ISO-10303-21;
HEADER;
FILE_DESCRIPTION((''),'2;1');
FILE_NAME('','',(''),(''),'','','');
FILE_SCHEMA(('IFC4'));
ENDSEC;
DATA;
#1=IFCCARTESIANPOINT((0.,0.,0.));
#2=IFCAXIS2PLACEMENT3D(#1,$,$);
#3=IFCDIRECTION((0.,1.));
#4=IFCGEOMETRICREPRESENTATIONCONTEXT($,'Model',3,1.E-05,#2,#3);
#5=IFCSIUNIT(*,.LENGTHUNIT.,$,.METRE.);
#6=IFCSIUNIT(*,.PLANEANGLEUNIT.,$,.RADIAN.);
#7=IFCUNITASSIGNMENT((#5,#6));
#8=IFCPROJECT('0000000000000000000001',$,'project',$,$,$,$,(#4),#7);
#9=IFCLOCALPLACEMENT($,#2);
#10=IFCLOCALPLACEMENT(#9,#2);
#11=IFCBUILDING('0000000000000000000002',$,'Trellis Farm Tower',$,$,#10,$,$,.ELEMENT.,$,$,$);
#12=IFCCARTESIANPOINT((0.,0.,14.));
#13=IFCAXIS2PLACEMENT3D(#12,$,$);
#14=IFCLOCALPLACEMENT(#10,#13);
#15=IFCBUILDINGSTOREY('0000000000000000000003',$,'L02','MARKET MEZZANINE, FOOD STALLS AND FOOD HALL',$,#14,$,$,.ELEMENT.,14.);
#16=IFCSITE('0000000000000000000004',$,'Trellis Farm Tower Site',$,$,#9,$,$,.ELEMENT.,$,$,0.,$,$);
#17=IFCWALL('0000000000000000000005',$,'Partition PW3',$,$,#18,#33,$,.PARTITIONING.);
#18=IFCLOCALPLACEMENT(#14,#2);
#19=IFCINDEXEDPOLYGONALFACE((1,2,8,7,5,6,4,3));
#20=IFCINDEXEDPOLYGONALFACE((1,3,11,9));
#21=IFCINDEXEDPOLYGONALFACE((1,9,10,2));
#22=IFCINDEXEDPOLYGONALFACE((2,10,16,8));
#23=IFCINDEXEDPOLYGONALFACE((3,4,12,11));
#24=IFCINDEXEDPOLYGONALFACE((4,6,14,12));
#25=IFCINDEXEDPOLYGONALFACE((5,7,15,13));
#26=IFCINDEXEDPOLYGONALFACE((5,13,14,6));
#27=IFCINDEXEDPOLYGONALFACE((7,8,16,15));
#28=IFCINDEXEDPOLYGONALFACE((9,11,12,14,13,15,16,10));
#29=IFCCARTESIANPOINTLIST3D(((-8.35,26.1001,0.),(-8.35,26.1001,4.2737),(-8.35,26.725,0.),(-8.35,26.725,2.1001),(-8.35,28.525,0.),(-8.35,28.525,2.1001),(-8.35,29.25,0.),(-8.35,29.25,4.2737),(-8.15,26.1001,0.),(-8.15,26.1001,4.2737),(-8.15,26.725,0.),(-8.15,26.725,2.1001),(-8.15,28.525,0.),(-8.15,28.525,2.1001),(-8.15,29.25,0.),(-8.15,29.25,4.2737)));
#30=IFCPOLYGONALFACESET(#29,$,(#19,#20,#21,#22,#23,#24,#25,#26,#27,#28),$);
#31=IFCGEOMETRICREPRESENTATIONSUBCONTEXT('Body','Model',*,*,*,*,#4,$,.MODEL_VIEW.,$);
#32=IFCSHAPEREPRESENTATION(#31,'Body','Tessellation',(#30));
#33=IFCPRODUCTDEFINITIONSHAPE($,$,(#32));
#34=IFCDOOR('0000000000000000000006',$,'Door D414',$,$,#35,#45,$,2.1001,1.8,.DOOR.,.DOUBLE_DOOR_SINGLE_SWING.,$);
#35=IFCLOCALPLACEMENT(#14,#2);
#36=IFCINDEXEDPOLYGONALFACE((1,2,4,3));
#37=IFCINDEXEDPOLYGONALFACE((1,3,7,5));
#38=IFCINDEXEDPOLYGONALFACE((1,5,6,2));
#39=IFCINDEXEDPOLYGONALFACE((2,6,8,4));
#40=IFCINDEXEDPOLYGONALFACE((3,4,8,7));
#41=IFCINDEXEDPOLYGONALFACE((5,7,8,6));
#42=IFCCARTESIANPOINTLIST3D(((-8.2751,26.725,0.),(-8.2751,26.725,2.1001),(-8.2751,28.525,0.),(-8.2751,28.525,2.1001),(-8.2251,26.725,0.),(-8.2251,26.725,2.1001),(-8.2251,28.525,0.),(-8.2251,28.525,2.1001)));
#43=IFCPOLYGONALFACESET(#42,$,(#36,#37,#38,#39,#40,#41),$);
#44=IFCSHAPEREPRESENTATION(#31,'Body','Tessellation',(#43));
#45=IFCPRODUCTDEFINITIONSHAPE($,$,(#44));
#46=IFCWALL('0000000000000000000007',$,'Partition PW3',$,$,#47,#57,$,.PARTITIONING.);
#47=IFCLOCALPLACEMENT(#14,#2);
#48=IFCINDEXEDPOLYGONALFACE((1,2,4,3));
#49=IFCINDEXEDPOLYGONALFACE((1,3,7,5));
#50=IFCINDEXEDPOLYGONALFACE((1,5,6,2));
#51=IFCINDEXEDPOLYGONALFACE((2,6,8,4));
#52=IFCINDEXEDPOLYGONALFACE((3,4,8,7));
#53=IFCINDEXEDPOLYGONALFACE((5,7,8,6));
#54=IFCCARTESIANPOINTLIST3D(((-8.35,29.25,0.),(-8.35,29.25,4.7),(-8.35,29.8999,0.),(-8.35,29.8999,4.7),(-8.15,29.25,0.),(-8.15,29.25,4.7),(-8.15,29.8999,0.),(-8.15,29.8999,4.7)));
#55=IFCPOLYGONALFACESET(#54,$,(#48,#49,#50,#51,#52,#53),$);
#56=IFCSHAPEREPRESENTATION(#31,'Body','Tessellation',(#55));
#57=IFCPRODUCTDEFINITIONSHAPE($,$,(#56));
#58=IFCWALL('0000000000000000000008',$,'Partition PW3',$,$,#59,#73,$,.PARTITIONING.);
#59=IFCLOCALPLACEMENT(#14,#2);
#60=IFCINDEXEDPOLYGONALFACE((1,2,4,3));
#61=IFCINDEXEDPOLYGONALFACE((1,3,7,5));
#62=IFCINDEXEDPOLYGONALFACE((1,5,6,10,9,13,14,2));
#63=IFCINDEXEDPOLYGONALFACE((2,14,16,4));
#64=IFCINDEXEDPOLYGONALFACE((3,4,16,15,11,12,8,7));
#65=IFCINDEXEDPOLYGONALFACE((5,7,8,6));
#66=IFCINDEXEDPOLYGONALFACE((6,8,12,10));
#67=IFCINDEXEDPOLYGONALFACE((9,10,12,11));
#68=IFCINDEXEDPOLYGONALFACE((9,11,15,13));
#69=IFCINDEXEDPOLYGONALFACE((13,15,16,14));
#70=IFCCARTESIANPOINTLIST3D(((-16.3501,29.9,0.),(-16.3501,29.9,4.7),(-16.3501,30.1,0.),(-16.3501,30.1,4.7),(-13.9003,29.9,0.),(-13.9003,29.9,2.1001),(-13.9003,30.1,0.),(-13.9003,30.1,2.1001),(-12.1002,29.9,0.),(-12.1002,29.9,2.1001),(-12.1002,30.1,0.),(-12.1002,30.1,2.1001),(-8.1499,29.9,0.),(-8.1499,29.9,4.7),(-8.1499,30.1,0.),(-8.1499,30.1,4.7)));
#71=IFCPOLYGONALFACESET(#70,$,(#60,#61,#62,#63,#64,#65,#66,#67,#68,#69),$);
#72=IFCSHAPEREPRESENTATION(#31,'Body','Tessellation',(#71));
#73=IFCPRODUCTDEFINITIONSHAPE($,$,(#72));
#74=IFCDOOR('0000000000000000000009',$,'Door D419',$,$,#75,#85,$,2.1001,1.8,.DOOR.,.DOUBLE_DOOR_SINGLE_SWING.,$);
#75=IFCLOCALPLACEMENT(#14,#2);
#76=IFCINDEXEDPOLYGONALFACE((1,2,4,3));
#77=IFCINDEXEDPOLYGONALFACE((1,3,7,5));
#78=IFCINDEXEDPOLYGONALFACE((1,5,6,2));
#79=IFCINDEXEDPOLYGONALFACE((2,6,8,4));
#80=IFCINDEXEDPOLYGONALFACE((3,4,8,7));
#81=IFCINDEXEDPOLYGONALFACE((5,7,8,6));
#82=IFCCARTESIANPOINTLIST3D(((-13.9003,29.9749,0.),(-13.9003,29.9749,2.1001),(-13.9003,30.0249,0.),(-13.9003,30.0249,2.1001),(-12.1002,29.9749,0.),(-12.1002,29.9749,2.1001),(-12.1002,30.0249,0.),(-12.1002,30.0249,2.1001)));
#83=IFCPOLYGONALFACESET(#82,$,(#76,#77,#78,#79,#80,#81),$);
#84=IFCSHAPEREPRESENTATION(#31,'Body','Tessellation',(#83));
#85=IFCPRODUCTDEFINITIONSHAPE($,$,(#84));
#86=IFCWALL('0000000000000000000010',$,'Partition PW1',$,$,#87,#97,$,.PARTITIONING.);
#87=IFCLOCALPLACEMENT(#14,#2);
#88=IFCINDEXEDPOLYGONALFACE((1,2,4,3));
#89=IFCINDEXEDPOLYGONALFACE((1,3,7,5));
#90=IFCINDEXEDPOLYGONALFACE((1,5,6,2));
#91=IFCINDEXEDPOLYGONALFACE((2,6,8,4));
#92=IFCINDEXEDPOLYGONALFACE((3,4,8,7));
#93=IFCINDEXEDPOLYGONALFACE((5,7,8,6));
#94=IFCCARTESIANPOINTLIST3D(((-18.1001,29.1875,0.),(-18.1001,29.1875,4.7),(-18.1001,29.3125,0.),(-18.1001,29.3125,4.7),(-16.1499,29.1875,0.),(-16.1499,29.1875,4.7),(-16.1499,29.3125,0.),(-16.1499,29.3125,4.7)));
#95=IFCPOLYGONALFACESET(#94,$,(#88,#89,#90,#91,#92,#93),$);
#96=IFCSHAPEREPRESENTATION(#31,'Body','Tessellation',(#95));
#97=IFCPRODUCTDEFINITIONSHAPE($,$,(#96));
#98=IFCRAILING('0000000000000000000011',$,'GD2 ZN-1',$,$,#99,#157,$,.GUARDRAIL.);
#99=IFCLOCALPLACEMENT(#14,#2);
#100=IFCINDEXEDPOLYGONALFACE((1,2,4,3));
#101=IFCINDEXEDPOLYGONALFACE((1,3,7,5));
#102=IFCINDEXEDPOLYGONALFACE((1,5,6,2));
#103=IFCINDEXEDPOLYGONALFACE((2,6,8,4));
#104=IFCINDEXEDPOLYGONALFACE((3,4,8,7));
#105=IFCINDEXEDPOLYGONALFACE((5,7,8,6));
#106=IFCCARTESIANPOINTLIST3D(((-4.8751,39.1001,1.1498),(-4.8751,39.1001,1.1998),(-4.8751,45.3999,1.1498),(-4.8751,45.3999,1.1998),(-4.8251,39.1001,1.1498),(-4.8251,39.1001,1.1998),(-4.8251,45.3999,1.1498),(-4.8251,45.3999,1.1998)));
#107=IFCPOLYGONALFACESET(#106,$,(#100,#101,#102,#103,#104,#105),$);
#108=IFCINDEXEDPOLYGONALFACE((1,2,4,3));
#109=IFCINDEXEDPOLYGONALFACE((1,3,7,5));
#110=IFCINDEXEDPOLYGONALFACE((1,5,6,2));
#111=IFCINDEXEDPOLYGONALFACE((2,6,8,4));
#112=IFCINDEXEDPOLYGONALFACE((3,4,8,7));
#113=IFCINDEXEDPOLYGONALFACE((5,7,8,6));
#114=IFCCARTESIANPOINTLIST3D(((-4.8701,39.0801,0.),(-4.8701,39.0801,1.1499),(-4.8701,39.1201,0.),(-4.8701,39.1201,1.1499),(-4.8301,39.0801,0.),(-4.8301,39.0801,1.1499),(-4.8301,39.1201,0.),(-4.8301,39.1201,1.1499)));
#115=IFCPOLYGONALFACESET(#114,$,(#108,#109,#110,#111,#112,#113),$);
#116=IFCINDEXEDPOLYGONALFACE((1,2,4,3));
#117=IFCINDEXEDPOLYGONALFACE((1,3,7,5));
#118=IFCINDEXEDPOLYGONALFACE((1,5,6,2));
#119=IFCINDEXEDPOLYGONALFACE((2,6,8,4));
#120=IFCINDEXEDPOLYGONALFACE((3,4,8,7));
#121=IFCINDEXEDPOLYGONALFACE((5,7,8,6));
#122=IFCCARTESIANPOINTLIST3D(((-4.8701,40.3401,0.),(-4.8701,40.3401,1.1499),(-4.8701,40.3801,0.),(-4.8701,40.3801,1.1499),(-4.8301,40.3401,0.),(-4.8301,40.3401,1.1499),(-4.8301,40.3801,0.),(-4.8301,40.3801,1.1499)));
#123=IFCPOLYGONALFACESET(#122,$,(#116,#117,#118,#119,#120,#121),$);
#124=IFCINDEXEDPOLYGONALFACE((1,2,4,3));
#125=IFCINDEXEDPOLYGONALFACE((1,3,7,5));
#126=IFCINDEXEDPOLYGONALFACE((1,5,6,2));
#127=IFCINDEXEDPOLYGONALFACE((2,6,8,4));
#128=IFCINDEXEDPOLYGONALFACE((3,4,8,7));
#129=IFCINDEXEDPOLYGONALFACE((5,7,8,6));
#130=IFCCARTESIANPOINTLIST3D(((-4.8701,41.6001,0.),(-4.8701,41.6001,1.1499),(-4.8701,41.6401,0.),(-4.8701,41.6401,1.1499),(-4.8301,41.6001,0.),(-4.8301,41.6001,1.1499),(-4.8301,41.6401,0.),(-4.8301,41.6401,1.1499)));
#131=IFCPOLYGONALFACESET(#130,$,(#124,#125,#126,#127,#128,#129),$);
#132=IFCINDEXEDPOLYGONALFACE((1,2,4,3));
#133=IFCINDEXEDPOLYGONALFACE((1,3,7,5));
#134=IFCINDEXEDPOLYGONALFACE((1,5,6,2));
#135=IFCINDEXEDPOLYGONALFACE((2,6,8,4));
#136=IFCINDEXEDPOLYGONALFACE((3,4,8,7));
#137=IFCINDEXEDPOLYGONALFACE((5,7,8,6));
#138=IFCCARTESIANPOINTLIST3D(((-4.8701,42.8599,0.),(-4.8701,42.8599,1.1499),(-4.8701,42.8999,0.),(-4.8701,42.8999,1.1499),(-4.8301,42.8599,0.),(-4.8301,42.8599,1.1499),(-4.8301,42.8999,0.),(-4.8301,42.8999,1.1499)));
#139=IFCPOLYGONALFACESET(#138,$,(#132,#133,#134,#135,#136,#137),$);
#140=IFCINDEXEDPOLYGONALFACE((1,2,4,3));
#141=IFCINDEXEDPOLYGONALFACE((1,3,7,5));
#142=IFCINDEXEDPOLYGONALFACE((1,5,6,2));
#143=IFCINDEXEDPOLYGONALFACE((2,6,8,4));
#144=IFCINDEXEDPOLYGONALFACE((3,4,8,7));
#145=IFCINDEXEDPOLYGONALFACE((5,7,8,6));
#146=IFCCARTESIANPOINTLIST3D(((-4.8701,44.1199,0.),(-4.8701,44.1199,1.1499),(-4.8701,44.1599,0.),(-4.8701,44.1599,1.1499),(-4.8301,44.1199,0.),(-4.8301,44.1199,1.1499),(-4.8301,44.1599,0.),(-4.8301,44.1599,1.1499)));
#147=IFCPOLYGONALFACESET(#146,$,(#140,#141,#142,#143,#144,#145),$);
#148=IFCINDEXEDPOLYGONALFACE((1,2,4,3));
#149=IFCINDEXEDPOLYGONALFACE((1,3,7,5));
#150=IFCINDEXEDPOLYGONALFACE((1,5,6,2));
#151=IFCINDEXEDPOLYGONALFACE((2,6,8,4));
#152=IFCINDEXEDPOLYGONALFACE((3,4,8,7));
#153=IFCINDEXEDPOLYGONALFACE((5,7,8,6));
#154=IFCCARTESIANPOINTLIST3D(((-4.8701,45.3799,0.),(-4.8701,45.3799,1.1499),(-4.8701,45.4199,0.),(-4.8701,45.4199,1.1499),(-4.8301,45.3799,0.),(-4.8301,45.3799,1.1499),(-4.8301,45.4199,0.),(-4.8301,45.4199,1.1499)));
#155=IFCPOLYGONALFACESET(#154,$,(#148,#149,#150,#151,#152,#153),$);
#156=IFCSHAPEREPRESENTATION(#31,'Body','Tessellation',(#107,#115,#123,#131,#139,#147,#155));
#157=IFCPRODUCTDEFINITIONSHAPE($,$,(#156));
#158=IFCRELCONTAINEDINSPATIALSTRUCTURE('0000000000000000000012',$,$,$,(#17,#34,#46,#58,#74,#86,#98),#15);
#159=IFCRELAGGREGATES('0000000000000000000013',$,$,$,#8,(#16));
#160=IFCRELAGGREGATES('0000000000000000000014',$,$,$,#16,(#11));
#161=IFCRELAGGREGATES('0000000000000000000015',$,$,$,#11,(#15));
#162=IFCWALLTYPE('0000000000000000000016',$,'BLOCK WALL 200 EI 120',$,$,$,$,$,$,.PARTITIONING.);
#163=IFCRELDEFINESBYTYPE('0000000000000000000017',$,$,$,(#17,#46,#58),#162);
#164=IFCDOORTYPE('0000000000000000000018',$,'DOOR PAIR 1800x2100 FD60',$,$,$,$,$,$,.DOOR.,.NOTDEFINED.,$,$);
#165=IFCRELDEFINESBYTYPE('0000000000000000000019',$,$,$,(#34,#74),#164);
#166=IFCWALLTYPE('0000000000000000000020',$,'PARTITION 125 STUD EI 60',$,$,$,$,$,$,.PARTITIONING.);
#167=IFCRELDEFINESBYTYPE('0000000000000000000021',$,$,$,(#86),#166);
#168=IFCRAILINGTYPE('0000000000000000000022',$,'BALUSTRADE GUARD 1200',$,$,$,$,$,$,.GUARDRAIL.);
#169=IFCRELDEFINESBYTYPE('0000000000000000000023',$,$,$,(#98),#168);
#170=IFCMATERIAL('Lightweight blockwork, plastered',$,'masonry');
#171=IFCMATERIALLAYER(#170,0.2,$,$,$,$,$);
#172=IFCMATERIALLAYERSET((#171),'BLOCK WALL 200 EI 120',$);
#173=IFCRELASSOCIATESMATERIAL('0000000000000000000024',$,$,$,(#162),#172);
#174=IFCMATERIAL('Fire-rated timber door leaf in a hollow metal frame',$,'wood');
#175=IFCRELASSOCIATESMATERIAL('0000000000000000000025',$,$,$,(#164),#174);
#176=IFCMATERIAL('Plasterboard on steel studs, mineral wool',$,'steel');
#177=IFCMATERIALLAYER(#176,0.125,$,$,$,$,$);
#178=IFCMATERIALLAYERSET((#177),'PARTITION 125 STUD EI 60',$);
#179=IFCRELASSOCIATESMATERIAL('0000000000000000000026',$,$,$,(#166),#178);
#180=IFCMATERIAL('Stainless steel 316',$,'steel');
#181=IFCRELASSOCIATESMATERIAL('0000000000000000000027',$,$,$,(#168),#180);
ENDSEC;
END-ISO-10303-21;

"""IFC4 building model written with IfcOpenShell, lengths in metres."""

from ifc_helpers import new_model, si_unit, direction, frame, frame_2d, origin, origin_2d, place, context, subcontext, project, spatial, rectangle, extrude, source, transform, mapped, material, layer, layer_set, type_object, element, fill, save


model = new_model("IFC4")

# Units and contexts
model_context = context("Model", 3, precision=1e-05, world=origin(), true_north=direction((0.0, 1.0)))
body_context = subcontext(model_context, "Body", "Model", "MODEL_VIEW")
ifc_project = project(units=[si_unit("LENGTHUNIT", "METRE"), si_unit("PLANEANGLEUNIT", "RADIAN")], contexts=[model_context])

# Site, building, storey
site_placement = place(None, origin())
site = spatial("IfcSite", under=ifc_project, at=site_placement, Name="Trellis Farm Tower Site", CompositionType="ELEMENT", RefElevation=0.0)
building_placement = place(site_placement, origin())
building = spatial("IfcBuilding", under=site, at=building_placement, Name="Trellis Farm Tower", CompositionType="ELEMENT")
storey_placement = place(building_placement, frame((0.0, 0.0, 14.0)))
storey = spatial("IfcBuildingStorey", under=building, at=storey_placement, Name="L02", Description="MARKET MEZZANINE, FOOD STALLS AND FOOD HALL", CompositionType="ELEMENT", Elevation=14.0)

# Shared definitions
shared_shape_1 = source(origin(), body_context, "Body", "SweptSolid", [
    extrude(rectangle(XDim=1.8, YDim=2.1001, at=frame_2d((0.8999, 1.05))), frame((0.0, 0.0249, 0.0), z_axis=(0.0, -1.0, 0.0), x_axis=(1.0, 0.0, 0.0)), (0.0, 0.0, 1.0), 0.05),
])

# Shared definitions
ifc_material_1 = material(Name="Lightweight blockwork, plastered", Category="masonry")
ifc_layer_1 = layer(ifc_material_1, 0.2)
ifc_layer_set_1 = layer_set([ifc_layer_1], Name="BLOCK WALL 200 EI 120")
wall_type_1 = type_object("IfcWallType", Name="BLOCK WALL 200 EI 120", PredefinedType="PARTITIONING", material=ifc_layer_set_1)

# Shared definitions
shared_shape_2 = source(origin(), body_context, "Body", "SweptSolid", [
    extrude(rectangle(XDim=1.8, YDim=2.1001, at=frame_2d((0.8999, 1.05))), frame((0.0, 0.1101, 0.0), z_axis=(0.0, -1.0, 0.0), x_axis=(1.0, 0.0, 0.0)), (0.0, 0.0, 1.0), 0.2202),
])
ifc_material_2 = material(Name="Fire-rated timber door leaf in a hollow metal frame", Category="wood")
door_type_1 = type_object("IfcDoorType", Name="DOOR PAIR 1800x2100 FD60", OperationType="NOTDEFINED", PredefinedType="DOOR", material=ifc_material_2)

# Wall, opening, door
shared_shape_3 = source(origin(), body_context, "Body", "SweptSolid", [
    extrude(rectangle(XDim=3.1499, YDim=0.2, at=frame_2d((1.575, 0.0))), origin(), (0.0, 0.0, 1.0), 4.2737),
])
wall_1_placement = place(storey_placement, frame((-8.25, 29.25, 0.0), z_axis=(0.0, 0.0, 1.0), x_axis=(0.0, -1.0, 0.0)))
wall_1 = element("IfcWall", 1, at=wall_1_placement, inside=storey, type_object=wall_type_1, Name="Partition PW3", PredefinedType="PARTITIONING", context=body_context, shape_type="MappedRepresentation", body=[
    mapped(shared_shape_3, transform((0.0, 0.0, 0.0))),
])
opening_1_placement = place(wall_1_placement, frame((0.7251, 0.0, 0.0)))
opening_1 = element("IfcOpeningElement", 2, at=opening_1_placement, cuts=wall_1, PredefinedType="OPENING", context=body_context, shape_type="MappedRepresentation", body=[
    mapped(shared_shape_2, transform((0.0, 0.0, 0.0))),
])
door_1_placement = place(opening_1_placement, origin())
door_1 = element("IfcDoor", 3, at=door_1_placement, inside=storey, type_object=door_type_1, Name="Door D414", OperationType="DOUBLE_DOOR_SINGLE_SWING", OverallHeight=2.1001, OverallWidth=1.8, PredefinedType="DOOR", context=body_context, shape_type="MappedRepresentation", body=[
    mapped(shared_shape_1, transform((0.0, 0.0, 0.0))),
])
fill(opening_1, door_1)

# Wall
shared_shape_4 = source(origin(), body_context, "Body", "SweptSolid", [
    extrude(rectangle(XDim=0.6499, YDim=0.2, at=frame_2d((0.325, 0.0))), origin(), (0.0, 0.0, 1.0), 4.7),
])
wall_2_placement = place(storey_placement, frame((-8.25, 29.25, 0.0), z_axis=(0.0, 0.0, 1.0), x_axis=(0.0, 1.0, 0.0)))
element("IfcWall", 4, at=wall_2_placement, inside=storey, type_object=wall_type_1, Name="Partition PW3", PredefinedType="PARTITIONING", context=body_context, shape_type="MappedRepresentation", body=[
    mapped(shared_shape_4, transform((0.0, 0.0, 0.0))),
])

# Wall, opening, door
shared_shape_5 = source(origin(), body_context, "Body", "SweptSolid", [
    extrude(rectangle(XDim=8.2002, YDim=0.2, at=frame_2d((4.1001, 0.0))), origin(), (0.0, 0.0, 1.0), 4.7),
])
wall_3_placement = place(storey_placement, frame((-16.3501, 30.0, 0.0), z_axis=(0.0, 0.0, 1.0), x_axis=(1.0, 0.0, 0.0)))
wall_3 = element("IfcWall", 5, at=wall_3_placement, inside=storey, type_object=wall_type_1, Name="Partition PW3", PredefinedType="PARTITIONING", context=body_context, shape_type="MappedRepresentation", body=[
    mapped(shared_shape_5, transform((0.0, 0.0, 0.0))),
])
opening_2_placement = place(wall_3_placement, frame((2.45, 0.0, 0.0)))
opening_2 = element("IfcOpeningElement", 6, at=opening_2_placement, cuts=wall_3, PredefinedType="OPENING", context=body_context, shape_type="MappedRepresentation", body=[
    mapped(shared_shape_2, transform((0.0, 0.0, 0.0))),
])
door_2_placement = place(opening_2_placement, origin())
door_2 = element("IfcDoor", 7, at=door_2_placement, inside=storey, type_object=door_type_1, Name="Door D419", OperationType="DOUBLE_DOOR_SINGLE_SWING", OverallHeight=2.1001, OverallWidth=1.8, PredefinedType="DOOR", context=body_context, shape_type="MappedRepresentation", body=[
    mapped(shared_shape_1, transform((0.0, 0.0, 0.0))),
])
fill(opening_2, door_2)

# Wall
ifc_material_3 = material(Name="Plasterboard on steel studs, mineral wool", Category="steel")
ifc_layer_2 = layer(ifc_material_3, 0.125)
ifc_layer_set_2 = layer_set([ifc_layer_2], Name="PARTITION 125 STUD EI 60")
wall_type_2 = type_object("IfcWallType", Name="PARTITION 125 STUD EI 60", PredefinedType="PARTITIONING", material=ifc_layer_set_2)
shared_shape_6 = source(origin(), body_context, "Body", "SweptSolid", [
    extrude(rectangle(XDim=1.9502, YDim=0.125, at=frame_2d((0.9751, 0.0))), origin(), (0.0, 0.0, 1.0), 4.7),
])
wall_4_placement = place(storey_placement, frame((-18.1001, 29.25, 0.0), z_axis=(0.0, 0.0, 1.0), x_axis=(1.0, 0.0, 0.0)))
element("IfcWall", 8, at=wall_4_placement, inside=storey, type_object=wall_type_2, Name="Partition PW1", PredefinedType="PARTITIONING", context=body_context, shape_type="MappedRepresentation", body=[
    mapped(shared_shape_6, transform((0.0, 0.0, 0.0))),
])

# Railing
ifc_material_4 = material(Name="Stainless steel 316", Category="steel")
railing_type = type_object("IfcRailingType", Name="BALUSTRADE GUARD 1200", PredefinedType="GUARDRAIL", material=ifc_material_4)
shared_shape_7 = source(origin(), body_context, "Body", "SweptSolid", [
    extrude(rectangle(XDim=0.05, YDim=0.05, at=origin_2d()), frame((0.0, 0.0, 1.1748), z_axis=(0.0, 1.0, 0.0), x_axis=(-1.0, 0.0, 0.0)), (0.0, 0.0, 1.0), 6.2998),
    extrude(rectangle(XDim=0.04, YDim=0.04, at=origin_2d()), origin(), (0.0, 0.0, 1.0), 1.1499),
    extrude(rectangle(XDim=0.04, YDim=0.04, at=origin_2d()), frame((0.0, 1.26, 0.0)), (0.0, 0.0, 1.0), 1.1499),
    extrude(rectangle(XDim=0.04, YDim=0.04, at=origin_2d()), frame((0.0, 2.52, 0.0)), (0.0, 0.0, 1.0), 1.1499),
    extrude(rectangle(XDim=0.04, YDim=0.04, at=origin_2d()), frame((0.0, 3.7798, 0.0)), (0.0, 0.0, 1.0), 1.1499),
    extrude(rectangle(XDim=0.04, YDim=0.04, at=origin_2d()), frame((0.0, 5.0398, 0.0)), (0.0, 0.0, 1.0), 1.1499),
    extrude(rectangle(XDim=0.04, YDim=0.04, at=origin_2d()), frame((0.0, 6.2998, 0.0)), (0.0, 0.0, 1.0), 1.1499),
])
railing_placement = place(storey_placement, frame((-4.8501, 39.1001, 0.0)))
element("IfcRailing", 9, at=railing_placement, inside=storey, type_object=railing_type, Name="GD2 ZN-1", PredefinedType="GUARDRAIL", context=body_context, shape_type="MappedRepresentation", body=[
    mapped(shared_shape_7, transform((0.0, 0.0, 0.0))),
])

save(model, "model.ifc")
